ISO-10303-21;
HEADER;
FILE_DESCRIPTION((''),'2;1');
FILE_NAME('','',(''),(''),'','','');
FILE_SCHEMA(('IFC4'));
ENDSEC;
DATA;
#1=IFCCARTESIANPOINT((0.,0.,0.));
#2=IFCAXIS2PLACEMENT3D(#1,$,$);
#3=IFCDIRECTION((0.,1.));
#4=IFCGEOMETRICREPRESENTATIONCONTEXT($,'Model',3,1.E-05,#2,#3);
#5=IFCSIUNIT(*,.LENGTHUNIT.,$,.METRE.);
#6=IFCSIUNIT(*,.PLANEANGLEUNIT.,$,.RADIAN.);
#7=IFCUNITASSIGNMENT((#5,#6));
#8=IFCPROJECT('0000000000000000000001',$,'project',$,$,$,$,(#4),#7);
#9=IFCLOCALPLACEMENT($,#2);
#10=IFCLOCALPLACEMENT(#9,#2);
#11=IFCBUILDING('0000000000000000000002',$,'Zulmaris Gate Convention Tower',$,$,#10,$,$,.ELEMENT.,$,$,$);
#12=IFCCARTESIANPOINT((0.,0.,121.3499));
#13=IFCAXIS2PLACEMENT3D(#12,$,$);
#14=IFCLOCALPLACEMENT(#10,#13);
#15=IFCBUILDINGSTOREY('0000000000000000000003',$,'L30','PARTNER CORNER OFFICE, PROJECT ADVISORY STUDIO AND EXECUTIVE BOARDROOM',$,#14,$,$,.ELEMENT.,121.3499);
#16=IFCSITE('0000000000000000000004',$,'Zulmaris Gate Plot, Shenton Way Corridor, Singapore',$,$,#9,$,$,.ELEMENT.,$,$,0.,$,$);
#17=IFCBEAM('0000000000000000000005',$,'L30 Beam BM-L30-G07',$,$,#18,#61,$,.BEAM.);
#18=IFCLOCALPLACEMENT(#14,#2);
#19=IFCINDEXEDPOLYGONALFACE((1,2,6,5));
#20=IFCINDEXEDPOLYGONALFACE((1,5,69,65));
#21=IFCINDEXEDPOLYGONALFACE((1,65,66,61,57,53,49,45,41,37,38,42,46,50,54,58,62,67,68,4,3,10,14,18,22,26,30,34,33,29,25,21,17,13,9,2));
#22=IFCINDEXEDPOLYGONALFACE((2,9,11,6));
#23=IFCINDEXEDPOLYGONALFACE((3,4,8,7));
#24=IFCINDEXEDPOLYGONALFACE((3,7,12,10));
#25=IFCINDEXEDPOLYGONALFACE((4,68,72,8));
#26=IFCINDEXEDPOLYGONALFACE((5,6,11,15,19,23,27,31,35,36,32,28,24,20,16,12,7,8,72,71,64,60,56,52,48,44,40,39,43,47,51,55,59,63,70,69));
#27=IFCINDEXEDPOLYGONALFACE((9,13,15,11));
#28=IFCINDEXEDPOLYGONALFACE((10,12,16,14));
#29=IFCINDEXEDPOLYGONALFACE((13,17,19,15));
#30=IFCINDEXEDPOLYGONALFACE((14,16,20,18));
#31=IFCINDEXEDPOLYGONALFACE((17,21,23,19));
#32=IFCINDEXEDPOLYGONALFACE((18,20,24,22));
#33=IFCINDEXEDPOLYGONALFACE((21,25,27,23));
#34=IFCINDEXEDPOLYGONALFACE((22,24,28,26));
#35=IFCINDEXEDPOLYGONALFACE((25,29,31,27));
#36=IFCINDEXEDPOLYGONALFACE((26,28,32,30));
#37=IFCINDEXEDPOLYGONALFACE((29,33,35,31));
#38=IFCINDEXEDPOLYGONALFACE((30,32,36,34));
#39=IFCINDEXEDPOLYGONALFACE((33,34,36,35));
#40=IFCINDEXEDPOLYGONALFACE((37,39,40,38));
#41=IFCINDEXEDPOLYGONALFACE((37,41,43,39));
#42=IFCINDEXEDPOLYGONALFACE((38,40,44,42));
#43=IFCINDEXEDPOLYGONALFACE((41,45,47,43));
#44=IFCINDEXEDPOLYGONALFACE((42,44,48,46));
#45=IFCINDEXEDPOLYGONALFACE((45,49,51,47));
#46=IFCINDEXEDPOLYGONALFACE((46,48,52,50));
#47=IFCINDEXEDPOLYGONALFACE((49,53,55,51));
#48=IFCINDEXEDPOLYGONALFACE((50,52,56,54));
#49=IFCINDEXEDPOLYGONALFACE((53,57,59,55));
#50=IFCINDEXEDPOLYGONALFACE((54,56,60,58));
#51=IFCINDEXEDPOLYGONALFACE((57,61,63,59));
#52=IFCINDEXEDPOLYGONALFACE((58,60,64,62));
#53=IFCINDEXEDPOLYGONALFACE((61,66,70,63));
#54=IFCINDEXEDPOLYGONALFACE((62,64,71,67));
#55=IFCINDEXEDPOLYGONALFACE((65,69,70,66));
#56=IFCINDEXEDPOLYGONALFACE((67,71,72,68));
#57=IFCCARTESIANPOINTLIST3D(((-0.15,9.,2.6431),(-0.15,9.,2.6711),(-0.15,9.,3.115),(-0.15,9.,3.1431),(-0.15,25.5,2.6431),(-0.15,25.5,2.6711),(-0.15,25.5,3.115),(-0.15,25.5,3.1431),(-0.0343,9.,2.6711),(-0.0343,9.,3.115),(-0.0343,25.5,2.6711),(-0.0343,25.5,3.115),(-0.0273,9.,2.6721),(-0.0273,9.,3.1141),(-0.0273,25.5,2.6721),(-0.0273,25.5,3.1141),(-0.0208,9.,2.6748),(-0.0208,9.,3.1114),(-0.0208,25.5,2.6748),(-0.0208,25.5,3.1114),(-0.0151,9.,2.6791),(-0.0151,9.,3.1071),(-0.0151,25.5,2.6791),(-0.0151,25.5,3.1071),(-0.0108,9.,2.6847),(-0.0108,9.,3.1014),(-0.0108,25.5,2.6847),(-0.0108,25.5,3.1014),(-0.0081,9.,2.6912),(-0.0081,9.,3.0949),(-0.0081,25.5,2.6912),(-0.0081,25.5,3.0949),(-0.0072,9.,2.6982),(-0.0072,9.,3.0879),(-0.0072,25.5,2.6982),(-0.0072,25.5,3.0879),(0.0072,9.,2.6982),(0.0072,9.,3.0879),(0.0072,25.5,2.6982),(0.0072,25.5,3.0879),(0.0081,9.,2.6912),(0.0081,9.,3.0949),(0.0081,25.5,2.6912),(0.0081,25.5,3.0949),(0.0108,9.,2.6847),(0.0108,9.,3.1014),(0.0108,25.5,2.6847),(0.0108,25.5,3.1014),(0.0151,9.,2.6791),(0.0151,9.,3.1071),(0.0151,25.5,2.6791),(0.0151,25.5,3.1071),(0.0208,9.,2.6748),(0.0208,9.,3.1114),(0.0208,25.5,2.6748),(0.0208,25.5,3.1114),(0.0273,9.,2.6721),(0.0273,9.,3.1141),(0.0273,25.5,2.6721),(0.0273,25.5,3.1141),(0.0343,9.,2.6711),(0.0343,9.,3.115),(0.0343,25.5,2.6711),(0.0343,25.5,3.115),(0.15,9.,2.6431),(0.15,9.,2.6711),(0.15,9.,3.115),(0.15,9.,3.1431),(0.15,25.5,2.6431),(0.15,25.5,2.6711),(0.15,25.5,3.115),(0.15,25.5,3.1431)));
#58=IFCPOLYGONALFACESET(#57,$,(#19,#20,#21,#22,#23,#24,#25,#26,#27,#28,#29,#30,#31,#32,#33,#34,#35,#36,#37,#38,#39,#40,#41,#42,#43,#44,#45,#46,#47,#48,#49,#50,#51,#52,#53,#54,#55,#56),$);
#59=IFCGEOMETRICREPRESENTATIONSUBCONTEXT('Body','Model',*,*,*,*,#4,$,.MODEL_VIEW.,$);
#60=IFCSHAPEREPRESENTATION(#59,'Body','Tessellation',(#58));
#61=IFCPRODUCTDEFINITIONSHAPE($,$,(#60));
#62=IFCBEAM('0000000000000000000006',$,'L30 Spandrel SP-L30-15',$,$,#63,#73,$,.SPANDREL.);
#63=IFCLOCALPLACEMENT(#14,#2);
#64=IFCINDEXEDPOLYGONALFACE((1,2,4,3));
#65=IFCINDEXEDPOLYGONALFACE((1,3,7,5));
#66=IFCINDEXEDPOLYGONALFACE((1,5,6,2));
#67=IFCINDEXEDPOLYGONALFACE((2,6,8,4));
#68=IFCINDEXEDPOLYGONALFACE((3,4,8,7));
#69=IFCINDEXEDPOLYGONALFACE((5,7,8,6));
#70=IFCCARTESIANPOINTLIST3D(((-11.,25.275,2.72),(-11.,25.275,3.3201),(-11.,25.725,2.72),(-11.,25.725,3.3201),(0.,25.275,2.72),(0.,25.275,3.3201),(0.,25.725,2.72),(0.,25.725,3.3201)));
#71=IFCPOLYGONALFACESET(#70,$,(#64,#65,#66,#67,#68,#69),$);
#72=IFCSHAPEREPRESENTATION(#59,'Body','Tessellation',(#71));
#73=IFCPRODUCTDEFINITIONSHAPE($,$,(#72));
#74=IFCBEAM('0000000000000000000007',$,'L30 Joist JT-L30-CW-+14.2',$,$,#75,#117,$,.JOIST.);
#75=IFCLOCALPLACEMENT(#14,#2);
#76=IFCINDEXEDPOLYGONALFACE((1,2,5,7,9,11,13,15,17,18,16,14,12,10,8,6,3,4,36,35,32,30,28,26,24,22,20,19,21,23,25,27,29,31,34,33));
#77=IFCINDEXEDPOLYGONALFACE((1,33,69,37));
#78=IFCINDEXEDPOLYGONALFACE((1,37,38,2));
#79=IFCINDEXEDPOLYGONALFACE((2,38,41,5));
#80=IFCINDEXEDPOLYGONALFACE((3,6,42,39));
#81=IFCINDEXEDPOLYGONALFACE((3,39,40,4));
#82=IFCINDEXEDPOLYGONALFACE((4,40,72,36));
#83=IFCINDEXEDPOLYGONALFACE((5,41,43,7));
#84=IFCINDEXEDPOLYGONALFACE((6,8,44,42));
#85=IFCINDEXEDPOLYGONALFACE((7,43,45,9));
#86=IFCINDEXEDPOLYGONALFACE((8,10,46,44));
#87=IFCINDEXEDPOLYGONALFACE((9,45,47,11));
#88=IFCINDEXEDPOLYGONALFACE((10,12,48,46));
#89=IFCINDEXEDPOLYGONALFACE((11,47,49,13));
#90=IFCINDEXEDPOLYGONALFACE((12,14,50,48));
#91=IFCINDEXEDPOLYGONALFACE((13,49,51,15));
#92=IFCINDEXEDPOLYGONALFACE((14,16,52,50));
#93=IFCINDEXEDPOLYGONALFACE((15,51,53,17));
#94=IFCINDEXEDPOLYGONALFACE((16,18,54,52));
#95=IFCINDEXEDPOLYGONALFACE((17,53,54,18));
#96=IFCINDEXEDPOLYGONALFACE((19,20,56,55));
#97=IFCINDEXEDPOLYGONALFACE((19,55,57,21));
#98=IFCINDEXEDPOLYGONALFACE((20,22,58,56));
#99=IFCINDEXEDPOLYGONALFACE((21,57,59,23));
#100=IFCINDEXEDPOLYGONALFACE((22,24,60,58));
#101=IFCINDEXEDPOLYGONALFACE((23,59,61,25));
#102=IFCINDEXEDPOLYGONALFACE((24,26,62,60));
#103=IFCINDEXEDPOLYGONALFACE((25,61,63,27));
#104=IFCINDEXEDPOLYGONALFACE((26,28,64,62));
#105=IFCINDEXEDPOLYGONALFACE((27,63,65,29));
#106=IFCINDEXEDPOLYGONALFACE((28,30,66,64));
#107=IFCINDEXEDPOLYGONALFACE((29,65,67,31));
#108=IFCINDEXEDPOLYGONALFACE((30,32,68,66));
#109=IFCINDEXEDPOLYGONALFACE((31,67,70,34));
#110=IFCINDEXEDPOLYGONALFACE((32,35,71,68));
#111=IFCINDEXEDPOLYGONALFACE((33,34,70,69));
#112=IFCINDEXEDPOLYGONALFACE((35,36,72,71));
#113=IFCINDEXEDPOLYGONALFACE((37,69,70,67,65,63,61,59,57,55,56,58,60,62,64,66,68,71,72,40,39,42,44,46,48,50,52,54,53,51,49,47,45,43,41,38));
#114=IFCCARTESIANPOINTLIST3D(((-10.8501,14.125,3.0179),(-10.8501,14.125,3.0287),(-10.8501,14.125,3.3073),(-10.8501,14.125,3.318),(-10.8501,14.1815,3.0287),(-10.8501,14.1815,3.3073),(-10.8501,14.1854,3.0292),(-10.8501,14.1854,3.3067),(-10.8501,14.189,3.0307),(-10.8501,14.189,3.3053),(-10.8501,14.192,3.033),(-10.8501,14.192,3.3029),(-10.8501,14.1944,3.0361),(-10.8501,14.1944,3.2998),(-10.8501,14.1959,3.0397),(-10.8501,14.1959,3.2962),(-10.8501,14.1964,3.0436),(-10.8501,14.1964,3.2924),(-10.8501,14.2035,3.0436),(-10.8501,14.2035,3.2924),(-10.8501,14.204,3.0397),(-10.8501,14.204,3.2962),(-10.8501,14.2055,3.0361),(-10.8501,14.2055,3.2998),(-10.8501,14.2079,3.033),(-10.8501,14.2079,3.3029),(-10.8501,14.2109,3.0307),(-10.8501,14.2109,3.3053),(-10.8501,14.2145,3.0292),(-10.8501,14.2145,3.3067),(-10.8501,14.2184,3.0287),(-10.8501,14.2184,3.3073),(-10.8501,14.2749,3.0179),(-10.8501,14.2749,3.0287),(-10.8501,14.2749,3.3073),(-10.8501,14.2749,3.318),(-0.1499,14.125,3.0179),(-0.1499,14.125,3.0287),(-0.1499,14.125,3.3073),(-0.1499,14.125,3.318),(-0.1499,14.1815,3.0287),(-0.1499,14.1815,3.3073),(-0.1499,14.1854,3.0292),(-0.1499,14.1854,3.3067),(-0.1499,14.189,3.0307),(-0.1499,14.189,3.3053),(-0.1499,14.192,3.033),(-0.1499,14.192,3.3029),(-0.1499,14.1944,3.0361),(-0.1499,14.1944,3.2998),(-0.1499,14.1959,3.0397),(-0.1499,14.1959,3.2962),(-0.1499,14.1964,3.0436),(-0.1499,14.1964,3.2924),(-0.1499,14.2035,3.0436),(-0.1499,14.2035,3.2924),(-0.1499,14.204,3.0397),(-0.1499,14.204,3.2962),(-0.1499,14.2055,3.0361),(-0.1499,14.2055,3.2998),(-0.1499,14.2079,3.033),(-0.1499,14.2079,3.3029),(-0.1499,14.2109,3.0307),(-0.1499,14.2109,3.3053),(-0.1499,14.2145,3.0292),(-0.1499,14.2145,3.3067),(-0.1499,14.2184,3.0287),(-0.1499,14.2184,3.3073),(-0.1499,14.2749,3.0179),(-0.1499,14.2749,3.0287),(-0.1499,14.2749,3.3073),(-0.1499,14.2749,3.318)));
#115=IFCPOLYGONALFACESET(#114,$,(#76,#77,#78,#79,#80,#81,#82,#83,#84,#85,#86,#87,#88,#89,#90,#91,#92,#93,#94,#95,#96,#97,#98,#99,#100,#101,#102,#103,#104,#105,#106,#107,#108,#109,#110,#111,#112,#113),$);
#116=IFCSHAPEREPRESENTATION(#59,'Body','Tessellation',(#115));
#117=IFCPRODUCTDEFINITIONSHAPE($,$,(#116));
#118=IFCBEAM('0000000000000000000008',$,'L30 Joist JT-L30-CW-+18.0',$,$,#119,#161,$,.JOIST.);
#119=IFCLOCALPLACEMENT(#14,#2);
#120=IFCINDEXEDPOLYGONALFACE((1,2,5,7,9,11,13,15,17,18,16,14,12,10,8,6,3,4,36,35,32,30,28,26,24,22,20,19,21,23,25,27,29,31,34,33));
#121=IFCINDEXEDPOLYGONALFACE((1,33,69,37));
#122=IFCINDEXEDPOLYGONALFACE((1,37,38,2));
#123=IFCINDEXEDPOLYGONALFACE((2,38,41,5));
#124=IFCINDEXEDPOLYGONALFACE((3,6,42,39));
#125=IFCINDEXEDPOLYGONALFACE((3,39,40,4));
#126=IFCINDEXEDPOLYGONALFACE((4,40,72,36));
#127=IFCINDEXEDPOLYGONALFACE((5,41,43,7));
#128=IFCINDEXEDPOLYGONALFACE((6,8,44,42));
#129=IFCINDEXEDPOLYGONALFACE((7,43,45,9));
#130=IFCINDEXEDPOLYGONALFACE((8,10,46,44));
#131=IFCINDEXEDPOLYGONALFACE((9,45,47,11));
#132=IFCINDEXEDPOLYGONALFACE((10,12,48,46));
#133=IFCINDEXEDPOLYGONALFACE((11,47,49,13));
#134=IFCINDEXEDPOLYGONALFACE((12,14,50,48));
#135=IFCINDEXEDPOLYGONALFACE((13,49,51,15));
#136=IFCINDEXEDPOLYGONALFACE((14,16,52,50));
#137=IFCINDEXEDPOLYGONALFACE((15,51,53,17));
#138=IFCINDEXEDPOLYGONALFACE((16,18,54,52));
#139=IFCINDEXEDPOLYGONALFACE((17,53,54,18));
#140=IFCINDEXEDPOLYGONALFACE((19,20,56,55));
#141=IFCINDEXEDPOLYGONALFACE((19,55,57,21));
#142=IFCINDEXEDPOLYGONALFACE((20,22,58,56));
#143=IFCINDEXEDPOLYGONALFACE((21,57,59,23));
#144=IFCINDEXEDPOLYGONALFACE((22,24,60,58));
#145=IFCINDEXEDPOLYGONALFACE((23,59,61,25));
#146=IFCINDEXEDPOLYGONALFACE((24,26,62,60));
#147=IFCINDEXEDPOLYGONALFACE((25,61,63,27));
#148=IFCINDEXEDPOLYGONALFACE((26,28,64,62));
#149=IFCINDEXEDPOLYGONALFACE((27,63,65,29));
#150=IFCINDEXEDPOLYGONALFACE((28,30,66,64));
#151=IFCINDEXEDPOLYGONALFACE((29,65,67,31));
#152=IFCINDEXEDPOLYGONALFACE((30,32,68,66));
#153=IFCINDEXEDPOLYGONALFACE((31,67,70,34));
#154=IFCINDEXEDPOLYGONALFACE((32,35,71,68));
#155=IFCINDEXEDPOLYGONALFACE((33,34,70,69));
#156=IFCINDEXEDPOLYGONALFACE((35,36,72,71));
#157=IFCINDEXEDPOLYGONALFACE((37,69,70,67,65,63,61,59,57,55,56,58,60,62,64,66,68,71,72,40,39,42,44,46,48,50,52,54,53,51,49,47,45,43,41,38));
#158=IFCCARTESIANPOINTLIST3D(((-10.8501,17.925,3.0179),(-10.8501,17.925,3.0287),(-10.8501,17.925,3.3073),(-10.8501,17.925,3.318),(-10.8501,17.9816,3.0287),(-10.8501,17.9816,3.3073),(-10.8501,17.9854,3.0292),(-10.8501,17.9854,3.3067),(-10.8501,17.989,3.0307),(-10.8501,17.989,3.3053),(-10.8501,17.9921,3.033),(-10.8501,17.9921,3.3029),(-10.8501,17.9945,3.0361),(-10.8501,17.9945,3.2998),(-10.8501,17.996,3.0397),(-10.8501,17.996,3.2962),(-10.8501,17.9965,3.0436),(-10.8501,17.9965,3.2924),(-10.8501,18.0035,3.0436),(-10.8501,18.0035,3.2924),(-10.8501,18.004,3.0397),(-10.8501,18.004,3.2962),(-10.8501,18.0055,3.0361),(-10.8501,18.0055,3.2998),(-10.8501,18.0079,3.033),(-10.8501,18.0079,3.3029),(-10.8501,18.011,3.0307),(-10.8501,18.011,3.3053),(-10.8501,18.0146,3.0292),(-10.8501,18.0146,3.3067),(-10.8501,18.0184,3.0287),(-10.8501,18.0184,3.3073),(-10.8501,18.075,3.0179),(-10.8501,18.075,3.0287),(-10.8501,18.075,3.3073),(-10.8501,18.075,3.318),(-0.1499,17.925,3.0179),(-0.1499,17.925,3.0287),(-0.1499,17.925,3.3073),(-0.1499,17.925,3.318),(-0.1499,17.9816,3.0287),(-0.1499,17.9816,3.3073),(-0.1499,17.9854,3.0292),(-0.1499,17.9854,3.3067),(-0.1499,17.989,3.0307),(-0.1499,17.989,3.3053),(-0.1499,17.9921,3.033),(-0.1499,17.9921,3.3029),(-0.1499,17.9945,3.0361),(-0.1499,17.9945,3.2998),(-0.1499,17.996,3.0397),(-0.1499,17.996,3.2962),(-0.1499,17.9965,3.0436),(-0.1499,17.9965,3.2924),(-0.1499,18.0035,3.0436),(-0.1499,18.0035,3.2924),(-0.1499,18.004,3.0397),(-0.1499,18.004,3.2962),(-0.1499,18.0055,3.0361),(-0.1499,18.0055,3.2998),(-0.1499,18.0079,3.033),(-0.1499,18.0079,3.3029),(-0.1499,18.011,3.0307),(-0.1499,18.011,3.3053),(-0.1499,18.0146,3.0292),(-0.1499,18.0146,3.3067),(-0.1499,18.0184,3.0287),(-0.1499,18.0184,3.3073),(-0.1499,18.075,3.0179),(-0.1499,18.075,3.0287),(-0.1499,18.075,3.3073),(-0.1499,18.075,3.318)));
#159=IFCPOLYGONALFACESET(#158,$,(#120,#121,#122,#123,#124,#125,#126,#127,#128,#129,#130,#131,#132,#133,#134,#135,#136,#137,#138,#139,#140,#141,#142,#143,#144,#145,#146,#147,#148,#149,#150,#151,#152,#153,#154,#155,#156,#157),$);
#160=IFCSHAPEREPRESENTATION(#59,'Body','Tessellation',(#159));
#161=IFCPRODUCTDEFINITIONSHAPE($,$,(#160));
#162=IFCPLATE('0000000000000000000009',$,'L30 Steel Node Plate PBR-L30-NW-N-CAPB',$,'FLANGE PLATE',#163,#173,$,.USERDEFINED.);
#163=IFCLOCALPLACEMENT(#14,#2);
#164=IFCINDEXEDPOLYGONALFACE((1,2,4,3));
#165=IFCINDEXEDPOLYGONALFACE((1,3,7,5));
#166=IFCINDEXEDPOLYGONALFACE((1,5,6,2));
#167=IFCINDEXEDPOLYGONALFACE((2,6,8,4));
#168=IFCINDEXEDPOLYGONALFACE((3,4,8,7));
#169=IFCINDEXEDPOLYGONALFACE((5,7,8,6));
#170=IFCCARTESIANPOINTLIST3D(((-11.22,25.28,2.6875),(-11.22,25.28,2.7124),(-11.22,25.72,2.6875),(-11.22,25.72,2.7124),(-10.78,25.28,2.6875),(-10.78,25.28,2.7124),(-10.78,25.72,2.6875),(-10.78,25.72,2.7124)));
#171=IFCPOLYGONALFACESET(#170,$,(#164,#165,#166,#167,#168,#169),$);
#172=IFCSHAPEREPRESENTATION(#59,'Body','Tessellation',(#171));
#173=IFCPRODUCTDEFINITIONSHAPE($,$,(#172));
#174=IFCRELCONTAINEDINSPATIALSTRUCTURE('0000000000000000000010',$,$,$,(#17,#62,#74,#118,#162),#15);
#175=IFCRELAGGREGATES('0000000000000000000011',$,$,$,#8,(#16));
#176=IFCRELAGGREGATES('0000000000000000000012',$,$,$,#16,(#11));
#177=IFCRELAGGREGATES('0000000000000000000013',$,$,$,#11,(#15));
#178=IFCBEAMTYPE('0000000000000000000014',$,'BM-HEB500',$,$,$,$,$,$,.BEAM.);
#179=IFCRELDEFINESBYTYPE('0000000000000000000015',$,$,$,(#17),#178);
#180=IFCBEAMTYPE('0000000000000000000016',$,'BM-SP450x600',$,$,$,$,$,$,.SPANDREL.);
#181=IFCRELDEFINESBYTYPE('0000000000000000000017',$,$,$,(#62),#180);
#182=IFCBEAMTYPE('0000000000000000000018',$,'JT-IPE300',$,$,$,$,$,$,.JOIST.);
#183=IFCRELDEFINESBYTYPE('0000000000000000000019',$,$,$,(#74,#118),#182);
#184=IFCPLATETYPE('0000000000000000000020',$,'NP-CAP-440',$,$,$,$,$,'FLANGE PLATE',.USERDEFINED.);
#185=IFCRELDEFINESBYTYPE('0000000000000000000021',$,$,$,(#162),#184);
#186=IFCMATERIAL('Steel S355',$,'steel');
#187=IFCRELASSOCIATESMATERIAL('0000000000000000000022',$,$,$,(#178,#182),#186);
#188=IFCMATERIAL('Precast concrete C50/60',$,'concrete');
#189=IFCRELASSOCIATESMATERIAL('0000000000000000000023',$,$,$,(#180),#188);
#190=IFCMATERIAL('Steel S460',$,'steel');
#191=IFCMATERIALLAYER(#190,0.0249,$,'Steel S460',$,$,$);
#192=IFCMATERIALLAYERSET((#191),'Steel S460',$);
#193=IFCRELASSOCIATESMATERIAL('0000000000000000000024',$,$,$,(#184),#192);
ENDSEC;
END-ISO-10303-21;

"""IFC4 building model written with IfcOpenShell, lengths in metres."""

from ifc_helpers import new_model, si_unit, direction, frame, origin, origin_2d, place, context, subcontext, project, spatial, rectangle, i_section, extrude, material, layer, layer_set, material_profile, profile_set, type_object, element, save


model = new_model("IFC4")

# Units and contexts
model_context = context("Model", 3, precision=1e-05, world=origin(), true_north=direction((0.0, 1.0)))
body_context = subcontext(model_context, "Body", "Model", "MODEL_VIEW")
ifc_project = project(units=[si_unit("LENGTHUNIT", "METRE"), si_unit("PLANEANGLEUNIT", "RADIAN")], contexts=[model_context])

# Site, building, storey
site_placement = place(None, origin())
site = spatial("IfcSite", under=ifc_project, at=site_placement, Name="Zulmaris Gate Plot, Shenton Way Corridor, Singapore", CompositionType="ELEMENT", RefElevation=0.0)
building_placement = place(site_placement, origin())
building = spatial("IfcBuilding", under=site, at=building_placement, Name="Zulmaris Gate Convention Tower", CompositionType="ELEMENT")
storey_placement = place(building_placement, frame((0.0, 0.0, 121.3499)))
storey = spatial("IfcBuildingStorey", under=building, at=storey_placement, Name="L30", Description="PARTNER CORNER OFFICE, PROJECT ADVISORY STUDIO AND EXECUTIVE BOARDROOM", CompositionType="ELEMENT", Elevation=121.3499)

# Beams
ifc_material_1 = material(Name="Steel S355", Category="steel")
ifc_material_profile_1 = material_profile(ifc_material_1, i_section(OverallWidth=0.3, OverallDepth=0.5, WebThickness=0.0144, FlangeThickness=0.0281, FilletRadius=0.0271, at=origin_2d()), Name="HEB 500")
ifc_profile_set_1 = profile_set([ifc_material_profile_1], Name="Steel S355")
beam_type_1 = type_object("IfcBeamType", Name="BM-HEB500", PredefinedType="BEAM", material=ifc_profile_set_1)
beam_1_placement = place(storey_placement, frame((0.0, 9.0, 2.8931), z_axis=(0.0, 1.0, 0.0), x_axis=(-1.0, 0.0, 0.0)))
element("IfcBeam", 1, at=beam_1_placement, inside=storey, type_object=beam_type_1, Name="L30 Beam BM-L30-G07", PredefinedType="BEAM", context=body_context, shape_type="SweptSolid", body=[
    extrude(i_section(OverallWidth=0.3, OverallDepth=0.5, WebThickness=0.0144, FlangeThickness=0.0281, FilletRadius=0.0271, at=origin_2d()), origin(), (0.0, 0.0, 1.0), 16.5),
])
ifc_material_2 = material(Name="Precast concrete C50/60", Category="concrete")
ifc_material_profile_2 = material_profile(ifc_material_2, rectangle(XDim=0.45, YDim=0.6001, at=origin_2d()), Name="RC SPANDREL 450x600")
ifc_profile_set_2 = profile_set([ifc_material_profile_2], Name="Precast concrete C50/60")
beam_type_2 = type_object("IfcBeamType", Name="BM-SP450x600", PredefinedType="SPANDREL", material=ifc_profile_set_2)
beam_2_placement = place(storey_placement, frame((0.0, 25.5, 3.02), z_axis=(-1.0, 0.0, 0.0), x_axis=(0.0, -1.0, 0.0)))
element("IfcBeam", 2, at=beam_2_placement, inside=storey, type_object=beam_type_2, Name="L30 Spandrel SP-L30-15", PredefinedType="SPANDREL", context=body_context, shape_type="SweptSolid", body=[
    extrude(rectangle(XDim=0.45, YDim=0.6001, at=origin_2d()), origin(), (0.0, 0.0, 1.0), 11.0),
])
ifc_material_profile_3 = material_profile(ifc_material_1, i_section(OverallWidth=0.1499, OverallDepth=0.3, WebThickness=0.0071, FlangeThickness=0.0107, FilletRadius=0.0149, at=origin_2d()), Name="IPE 300")
ifc_profile_set_3 = profile_set([ifc_material_profile_3], Name="Steel S355")
beam_type_3 = type_object("IfcBeamType", Name="JT-IPE300", PredefinedType="JOIST", material=ifc_profile_set_3)
for number, where, z_axis, x_axis, name in (
    (3, (-10.8501, 14.2, 3.168), (1.0, 0.0, 0.0), (0.0, 1.0, 0.0), "L30 Joist JT-L30-CW-+14.2"),
    (4, (-10.8501, 18.0, 3.168), (1.0, 0.0, 0.0), (0.0, 1.0, 0.0), "L30 Joist JT-L30-CW-+18.0"),
):
    element("IfcBeam", number, at=place(storey_placement, frame(where, z_axis=z_axis, x_axis=x_axis)), inside=storey, type_object=beam_type_3, Name=name, PredefinedType="JOIST", context=body_context, shape_type="SweptSolid", body=[
        extrude(i_section(OverallWidth=0.1499, OverallDepth=0.3, WebThickness=0.0071, FlangeThickness=0.0107, FilletRadius=0.0149, at=origin_2d()), origin(), (0.0, 0.0, 1.0), 10.7002),
    ])

# Plate
ifc_material_3 = material(Name="Steel S460", Category="steel")
ifc_layer_1 = layer(ifc_material_3, 0.0249, Name="Steel S460")
ifc_layer_set_1 = layer_set([ifc_layer_1], Name="Steel S460")
plate_type = type_object("IfcPlateType", Name="NP-CAP-440", ElementType="FLANGE PLATE", PredefinedType="USERDEFINED", material=ifc_layer_set_1)
plate_placement = place(storey_placement, frame((-11.0, 25.5, 2.6875), z_axis=(0.0, 0.0, 1.0), x_axis=(1.0, 0.0, 0.0)))
element("IfcPlate", 5, at=plate_placement, inside=storey, type_object=plate_type, Name="L30 Steel Node Plate PBR-L30-NW-N-CAPB", ObjectType="FLANGE PLATE", PredefinedType="USERDEFINED", context=body_context, shape_type="SweptSolid", body=[
    extrude(rectangle(XDim=0.4399, YDim=0.4399, at=origin_2d()), origin(), (0.0, 0.0, 1.0), 0.0249),
])

save(model, "model.ifc")
